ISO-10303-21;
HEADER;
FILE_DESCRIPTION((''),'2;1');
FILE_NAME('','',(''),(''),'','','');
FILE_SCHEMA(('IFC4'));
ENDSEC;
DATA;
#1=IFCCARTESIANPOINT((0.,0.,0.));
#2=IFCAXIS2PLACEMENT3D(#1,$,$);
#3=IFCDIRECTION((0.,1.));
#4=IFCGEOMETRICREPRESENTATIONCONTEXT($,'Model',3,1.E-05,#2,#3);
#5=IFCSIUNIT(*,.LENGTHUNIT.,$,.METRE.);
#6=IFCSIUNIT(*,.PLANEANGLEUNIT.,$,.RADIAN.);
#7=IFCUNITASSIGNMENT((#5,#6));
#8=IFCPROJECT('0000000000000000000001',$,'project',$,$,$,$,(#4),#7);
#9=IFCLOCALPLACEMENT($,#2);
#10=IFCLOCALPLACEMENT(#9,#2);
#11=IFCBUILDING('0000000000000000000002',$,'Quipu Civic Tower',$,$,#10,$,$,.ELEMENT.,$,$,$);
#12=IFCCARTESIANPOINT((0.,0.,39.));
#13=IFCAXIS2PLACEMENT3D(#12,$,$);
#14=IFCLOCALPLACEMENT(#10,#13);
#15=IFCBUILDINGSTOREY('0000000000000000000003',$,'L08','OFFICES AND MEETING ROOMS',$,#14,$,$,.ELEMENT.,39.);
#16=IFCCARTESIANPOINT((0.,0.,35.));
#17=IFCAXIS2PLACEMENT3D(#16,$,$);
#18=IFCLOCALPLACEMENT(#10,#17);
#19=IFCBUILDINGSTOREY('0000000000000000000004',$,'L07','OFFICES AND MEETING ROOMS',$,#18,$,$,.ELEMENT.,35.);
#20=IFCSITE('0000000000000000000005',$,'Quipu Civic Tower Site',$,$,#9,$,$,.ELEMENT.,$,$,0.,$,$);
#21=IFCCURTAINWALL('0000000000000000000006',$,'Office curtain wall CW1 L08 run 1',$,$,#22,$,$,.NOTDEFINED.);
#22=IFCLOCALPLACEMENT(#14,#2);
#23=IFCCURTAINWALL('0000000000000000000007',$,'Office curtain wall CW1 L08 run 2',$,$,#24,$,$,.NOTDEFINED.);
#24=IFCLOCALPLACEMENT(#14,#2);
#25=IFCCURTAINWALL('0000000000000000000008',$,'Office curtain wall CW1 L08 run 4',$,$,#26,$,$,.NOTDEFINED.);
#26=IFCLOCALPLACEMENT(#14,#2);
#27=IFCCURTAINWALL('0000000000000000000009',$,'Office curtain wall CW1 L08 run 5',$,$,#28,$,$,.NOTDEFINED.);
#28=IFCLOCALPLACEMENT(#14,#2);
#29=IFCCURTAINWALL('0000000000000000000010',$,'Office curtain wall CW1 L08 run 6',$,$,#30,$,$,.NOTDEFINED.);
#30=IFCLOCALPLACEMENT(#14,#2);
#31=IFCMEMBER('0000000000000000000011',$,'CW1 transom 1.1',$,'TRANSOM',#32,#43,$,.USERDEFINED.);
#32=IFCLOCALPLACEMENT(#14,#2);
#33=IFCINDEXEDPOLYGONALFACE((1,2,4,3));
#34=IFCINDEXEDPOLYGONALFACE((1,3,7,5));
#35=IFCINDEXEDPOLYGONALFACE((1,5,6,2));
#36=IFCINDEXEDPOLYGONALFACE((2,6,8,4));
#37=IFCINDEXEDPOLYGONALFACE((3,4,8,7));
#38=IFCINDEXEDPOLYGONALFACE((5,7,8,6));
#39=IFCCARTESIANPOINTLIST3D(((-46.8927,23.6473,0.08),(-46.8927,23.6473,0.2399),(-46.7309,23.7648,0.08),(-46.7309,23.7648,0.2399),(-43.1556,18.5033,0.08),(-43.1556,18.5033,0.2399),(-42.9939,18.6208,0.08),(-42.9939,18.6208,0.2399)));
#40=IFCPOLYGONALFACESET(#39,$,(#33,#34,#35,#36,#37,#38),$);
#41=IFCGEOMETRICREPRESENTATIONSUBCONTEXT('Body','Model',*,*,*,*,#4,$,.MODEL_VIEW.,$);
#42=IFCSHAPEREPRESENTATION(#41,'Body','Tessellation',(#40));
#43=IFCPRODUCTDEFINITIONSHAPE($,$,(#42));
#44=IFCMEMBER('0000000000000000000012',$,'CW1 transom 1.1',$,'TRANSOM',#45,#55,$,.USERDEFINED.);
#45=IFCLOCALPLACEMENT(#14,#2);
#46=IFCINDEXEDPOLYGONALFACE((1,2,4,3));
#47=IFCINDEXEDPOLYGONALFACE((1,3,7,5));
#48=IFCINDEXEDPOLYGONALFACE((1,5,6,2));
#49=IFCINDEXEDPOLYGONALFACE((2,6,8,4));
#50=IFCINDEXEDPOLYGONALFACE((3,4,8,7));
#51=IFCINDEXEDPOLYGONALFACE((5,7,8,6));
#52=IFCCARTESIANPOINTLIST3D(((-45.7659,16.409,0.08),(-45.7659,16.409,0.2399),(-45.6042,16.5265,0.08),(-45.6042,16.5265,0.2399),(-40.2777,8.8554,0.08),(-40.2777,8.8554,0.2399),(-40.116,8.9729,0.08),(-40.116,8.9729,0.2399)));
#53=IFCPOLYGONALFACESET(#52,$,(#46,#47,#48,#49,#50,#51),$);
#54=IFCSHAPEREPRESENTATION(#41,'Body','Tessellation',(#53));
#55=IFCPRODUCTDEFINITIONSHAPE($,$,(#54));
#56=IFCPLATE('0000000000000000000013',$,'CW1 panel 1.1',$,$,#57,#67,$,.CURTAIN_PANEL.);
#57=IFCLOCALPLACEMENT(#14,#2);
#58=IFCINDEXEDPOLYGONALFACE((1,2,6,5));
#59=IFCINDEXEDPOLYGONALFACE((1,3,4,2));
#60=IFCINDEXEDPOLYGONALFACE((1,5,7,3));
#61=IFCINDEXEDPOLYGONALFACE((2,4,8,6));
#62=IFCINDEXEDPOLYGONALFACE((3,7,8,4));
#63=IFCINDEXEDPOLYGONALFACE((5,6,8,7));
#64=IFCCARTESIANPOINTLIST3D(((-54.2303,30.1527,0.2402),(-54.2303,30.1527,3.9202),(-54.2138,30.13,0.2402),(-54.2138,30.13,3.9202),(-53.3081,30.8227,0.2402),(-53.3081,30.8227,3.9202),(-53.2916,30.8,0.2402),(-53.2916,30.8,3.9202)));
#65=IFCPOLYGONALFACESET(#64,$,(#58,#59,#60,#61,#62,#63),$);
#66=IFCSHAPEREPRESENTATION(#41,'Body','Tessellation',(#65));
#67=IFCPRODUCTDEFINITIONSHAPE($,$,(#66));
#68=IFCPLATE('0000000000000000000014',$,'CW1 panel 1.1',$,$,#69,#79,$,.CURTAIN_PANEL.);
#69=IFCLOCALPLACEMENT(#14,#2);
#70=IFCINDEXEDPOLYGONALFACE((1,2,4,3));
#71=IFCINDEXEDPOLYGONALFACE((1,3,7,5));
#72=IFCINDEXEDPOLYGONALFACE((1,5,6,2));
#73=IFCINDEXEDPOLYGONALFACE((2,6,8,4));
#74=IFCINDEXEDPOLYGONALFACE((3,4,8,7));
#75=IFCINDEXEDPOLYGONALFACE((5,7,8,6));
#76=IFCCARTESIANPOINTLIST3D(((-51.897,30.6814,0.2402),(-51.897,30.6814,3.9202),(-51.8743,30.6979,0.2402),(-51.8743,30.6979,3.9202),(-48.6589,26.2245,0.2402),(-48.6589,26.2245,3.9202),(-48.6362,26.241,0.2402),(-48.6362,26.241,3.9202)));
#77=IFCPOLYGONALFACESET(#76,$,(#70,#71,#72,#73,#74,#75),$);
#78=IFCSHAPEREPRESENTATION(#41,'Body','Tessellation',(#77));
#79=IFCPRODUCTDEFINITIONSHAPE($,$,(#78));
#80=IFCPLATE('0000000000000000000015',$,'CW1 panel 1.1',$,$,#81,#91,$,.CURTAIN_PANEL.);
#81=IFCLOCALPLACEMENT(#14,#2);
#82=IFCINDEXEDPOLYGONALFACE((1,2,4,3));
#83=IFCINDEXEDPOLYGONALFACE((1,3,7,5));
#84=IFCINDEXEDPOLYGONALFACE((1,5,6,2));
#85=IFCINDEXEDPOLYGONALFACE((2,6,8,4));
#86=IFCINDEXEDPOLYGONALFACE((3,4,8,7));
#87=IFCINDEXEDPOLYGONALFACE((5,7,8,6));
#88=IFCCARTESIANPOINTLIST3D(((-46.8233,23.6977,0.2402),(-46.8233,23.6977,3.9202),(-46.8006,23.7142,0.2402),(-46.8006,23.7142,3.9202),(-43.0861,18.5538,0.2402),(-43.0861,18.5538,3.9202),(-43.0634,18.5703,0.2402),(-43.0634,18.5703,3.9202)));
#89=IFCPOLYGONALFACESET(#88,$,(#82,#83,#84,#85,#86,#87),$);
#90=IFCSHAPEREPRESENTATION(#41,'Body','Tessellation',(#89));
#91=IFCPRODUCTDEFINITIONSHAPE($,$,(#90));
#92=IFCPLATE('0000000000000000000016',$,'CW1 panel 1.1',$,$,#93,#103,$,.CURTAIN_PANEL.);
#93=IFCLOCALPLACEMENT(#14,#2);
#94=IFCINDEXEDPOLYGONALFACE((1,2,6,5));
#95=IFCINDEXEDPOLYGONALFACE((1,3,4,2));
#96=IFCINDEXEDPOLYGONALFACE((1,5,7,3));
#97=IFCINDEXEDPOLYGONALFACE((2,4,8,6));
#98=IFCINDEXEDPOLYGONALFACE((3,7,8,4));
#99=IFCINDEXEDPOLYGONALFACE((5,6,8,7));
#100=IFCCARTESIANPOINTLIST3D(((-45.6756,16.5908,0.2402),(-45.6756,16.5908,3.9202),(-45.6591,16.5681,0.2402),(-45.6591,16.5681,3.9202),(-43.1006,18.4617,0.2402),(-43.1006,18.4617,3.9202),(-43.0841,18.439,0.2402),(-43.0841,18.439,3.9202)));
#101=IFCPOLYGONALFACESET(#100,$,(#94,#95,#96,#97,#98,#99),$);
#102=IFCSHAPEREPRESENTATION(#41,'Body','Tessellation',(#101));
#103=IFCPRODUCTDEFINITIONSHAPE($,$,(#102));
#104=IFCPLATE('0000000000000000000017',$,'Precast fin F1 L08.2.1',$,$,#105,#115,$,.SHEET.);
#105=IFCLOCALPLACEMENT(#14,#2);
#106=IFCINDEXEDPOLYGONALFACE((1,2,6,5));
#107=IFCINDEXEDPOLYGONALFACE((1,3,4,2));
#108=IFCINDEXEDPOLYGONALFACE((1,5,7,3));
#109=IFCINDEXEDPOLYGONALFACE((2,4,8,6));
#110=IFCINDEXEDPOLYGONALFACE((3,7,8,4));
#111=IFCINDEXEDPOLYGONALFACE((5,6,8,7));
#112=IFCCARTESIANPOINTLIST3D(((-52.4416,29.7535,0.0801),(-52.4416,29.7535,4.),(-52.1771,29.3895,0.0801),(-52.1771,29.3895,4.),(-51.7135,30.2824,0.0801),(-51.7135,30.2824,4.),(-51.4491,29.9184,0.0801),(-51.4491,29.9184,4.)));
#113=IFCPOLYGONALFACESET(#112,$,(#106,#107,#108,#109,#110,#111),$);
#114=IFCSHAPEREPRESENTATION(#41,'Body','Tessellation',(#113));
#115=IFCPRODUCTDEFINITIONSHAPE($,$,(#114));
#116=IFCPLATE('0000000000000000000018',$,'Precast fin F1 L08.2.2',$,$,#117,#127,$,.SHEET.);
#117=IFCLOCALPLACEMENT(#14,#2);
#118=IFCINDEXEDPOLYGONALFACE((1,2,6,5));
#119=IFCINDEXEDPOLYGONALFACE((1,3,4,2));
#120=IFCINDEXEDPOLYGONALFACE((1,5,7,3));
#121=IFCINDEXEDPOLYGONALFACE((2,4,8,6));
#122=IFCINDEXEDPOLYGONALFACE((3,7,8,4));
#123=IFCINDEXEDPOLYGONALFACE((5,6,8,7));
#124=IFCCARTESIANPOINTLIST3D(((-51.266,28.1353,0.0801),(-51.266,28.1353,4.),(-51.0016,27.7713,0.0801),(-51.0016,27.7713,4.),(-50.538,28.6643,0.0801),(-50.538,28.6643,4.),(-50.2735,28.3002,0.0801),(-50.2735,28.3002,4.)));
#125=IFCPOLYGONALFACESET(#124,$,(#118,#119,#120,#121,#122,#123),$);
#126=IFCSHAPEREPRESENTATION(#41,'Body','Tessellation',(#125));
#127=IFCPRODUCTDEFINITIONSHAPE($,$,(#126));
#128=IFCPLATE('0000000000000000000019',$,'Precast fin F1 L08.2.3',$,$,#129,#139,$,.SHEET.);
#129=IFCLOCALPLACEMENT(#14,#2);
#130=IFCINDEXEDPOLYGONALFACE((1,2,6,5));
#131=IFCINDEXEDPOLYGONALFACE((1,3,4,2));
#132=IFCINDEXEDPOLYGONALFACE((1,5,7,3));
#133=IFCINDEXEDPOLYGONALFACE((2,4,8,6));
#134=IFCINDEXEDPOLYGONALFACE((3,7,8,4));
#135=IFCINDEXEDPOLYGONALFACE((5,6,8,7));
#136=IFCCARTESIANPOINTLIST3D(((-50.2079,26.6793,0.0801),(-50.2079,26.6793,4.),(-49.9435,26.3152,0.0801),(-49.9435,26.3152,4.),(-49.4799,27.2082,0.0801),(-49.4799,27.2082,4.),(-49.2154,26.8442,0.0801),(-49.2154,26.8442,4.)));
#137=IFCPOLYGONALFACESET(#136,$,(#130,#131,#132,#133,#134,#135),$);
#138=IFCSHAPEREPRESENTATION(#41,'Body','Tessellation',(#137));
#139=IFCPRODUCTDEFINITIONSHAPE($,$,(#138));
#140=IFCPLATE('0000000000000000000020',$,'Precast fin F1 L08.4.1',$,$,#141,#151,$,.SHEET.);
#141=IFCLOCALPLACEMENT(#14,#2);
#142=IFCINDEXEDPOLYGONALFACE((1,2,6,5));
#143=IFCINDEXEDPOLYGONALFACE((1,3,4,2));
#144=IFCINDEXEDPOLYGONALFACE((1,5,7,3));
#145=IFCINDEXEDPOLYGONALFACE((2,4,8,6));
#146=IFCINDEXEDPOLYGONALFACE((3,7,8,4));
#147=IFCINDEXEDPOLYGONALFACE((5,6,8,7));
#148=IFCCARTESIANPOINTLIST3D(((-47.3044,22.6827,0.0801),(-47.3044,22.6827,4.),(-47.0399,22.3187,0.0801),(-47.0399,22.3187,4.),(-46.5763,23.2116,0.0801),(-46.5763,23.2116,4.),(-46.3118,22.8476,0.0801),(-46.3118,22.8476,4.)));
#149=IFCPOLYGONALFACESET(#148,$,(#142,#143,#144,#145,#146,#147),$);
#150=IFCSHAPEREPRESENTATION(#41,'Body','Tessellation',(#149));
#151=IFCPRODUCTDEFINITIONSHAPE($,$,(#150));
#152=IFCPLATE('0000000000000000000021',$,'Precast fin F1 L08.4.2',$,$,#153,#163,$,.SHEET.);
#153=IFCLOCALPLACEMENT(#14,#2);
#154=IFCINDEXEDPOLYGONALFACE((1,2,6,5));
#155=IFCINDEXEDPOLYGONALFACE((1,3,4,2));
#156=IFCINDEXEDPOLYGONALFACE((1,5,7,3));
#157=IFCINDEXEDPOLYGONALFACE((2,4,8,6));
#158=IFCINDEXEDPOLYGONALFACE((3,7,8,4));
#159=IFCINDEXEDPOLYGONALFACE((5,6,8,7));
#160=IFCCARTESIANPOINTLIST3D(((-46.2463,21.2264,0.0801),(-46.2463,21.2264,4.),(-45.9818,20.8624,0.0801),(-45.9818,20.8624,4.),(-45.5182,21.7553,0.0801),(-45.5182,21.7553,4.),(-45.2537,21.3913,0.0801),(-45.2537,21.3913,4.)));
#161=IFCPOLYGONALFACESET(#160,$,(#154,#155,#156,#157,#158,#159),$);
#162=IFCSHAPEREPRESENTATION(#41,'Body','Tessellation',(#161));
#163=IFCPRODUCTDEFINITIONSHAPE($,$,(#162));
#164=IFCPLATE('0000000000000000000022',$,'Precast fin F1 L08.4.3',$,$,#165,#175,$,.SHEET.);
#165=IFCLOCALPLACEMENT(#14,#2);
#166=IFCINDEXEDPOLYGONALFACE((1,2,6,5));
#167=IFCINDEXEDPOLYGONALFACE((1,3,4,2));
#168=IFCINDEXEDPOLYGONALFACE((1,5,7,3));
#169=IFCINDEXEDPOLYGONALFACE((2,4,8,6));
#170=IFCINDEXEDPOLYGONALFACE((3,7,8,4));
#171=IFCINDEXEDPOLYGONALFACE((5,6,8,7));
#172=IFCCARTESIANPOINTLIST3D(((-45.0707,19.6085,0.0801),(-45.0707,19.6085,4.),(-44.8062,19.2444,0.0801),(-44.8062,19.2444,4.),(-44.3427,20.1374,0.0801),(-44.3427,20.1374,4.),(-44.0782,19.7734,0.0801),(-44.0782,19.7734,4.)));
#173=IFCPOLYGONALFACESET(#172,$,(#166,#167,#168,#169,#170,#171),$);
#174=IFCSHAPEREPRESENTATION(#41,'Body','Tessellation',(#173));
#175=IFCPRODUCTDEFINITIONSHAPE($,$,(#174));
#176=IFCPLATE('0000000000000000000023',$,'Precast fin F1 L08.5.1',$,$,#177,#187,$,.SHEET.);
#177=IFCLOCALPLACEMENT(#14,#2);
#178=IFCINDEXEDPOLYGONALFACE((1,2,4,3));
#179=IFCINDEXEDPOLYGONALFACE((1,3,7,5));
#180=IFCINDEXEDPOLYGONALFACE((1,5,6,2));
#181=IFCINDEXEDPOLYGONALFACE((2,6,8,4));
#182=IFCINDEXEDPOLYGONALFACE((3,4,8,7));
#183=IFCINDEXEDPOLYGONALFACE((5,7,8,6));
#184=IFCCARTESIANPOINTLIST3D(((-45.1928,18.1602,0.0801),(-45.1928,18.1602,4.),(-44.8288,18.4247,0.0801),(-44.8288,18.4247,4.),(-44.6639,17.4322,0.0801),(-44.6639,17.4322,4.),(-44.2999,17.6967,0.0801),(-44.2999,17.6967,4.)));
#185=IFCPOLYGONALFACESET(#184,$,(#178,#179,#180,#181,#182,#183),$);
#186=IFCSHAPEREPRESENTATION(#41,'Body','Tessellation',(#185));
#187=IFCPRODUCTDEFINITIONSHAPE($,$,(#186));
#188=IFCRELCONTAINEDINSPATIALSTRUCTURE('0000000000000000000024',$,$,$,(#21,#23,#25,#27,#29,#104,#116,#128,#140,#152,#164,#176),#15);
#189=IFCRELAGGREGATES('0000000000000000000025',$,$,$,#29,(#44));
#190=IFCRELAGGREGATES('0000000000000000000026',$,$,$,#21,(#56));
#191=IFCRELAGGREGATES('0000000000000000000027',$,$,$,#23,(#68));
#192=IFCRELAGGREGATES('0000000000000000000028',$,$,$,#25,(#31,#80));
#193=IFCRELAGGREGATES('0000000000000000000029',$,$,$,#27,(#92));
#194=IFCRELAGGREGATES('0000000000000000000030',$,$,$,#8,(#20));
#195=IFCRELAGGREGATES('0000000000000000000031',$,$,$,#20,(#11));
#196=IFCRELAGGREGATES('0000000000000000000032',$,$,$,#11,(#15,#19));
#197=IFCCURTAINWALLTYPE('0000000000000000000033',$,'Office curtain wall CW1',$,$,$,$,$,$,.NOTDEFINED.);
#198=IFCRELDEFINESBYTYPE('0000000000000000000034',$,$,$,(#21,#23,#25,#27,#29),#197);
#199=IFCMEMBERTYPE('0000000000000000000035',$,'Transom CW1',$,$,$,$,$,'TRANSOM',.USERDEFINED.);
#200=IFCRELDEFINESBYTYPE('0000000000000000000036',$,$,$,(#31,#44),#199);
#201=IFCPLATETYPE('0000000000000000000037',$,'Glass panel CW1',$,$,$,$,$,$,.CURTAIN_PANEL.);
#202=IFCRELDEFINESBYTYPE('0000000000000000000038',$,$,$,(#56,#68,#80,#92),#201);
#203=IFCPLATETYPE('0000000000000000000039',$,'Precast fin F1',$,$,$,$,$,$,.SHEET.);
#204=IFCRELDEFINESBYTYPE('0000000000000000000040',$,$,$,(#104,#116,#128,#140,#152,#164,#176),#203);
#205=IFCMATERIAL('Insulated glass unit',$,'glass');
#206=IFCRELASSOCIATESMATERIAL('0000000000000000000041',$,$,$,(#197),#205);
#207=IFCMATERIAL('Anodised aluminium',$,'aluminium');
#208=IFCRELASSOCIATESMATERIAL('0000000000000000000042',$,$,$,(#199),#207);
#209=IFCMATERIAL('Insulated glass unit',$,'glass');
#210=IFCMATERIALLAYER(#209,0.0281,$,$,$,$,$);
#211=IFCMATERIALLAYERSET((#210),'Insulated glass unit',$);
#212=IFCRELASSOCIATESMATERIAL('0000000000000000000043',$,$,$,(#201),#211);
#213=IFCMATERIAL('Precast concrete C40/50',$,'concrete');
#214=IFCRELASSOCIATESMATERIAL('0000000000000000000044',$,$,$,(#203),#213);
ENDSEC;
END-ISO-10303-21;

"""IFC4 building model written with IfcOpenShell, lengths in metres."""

from ifc_helpers import new_model, si_unit, direction, frame, origin, origin_2d, place, context, subcontext, project, spatial, rectangle, extrude, material, layer, layer_set, material_profile, profile_set, type_object, element, aggregate, save


model = new_model("IFC4")

# Units and contexts
model_context = context("Model", 3, precision=1e-05, world=origin(), true_north=direction((0.0, 1.0)))
body_context = subcontext(model_context, "Body", "Model", "MODEL_VIEW")
ifc_project = project(units=[si_unit("LENGTHUNIT", "METRE"), si_unit("PLANEANGLEUNIT", "RADIAN")], contexts=[model_context])

# Site, building, storey
site_placement = place(None, origin())
site = spatial("IfcSite", under=ifc_project, at=site_placement, Name="Quipu Civic Tower Site", CompositionType="ELEMENT", RefElevation=0.0)
building_placement = place(site_placement, origin())
building = spatial("IfcBuilding", under=site, at=building_placement, Name="Quipu Civic Tower", CompositionType="ELEMENT")
storey_1_placement = place(building_placement, frame((0.0, 0.0, 39.0)))
storey_1 = spatial("IfcBuildingStorey", under=building, at=storey_1_placement, Name="L08", Description="OFFICES AND MEETING ROOMS", CompositionType="ELEMENT", Elevation=39.0)

# Curtain walls
ifc_material_1 = material(Name="Insulated glass unit", Category="glass")
curtain_wall_type = type_object("IfcCurtainWallType", Name="Office curtain wall CW1", PredefinedType="NOTDEFINED", material=ifc_material_1)
curtain_wall_1_placement = place(storey_1_placement, origin())
curtain_wall_1 = element("IfcCurtainWall", 1, at=curtain_wall_1_placement, inside=storey_1, type_object=curtain_wall_type, Name="Office curtain wall CW1 L08 run 1", PredefinedType="NOTDEFINED")
curtain_wall_2_placement = place(storey_1_placement, origin())
curtain_wall_2 = element("IfcCurtainWall", 2, at=curtain_wall_2_placement, inside=storey_1, type_object=curtain_wall_type, Name="Office curtain wall CW1 L08 run 2", PredefinedType="NOTDEFINED")
curtain_wall_3_placement = place(storey_1_placement, origin())
curtain_wall_3 = element("IfcCurtainWall", 3, at=curtain_wall_3_placement, inside=storey_1, type_object=curtain_wall_type, Name="Office curtain wall CW1 L08 run 4", PredefinedType="NOTDEFINED")
curtain_wall_4_placement = place(storey_1_placement, origin())
curtain_wall_4 = element("IfcCurtainWall", 4, at=curtain_wall_4_placement, inside=storey_1, type_object=curtain_wall_type, Name="Office curtain wall CW1 L08 run 5", PredefinedType="NOTDEFINED")
curtain_wall_5_placement = place(storey_1_placement, origin())
curtain_wall_5 = element("IfcCurtainWall", 5, at=curtain_wall_5_placement, inside=storey_1, type_object=curtain_wall_type, Name="Office curtain wall CW1 L08 run 6", PredefinedType="NOTDEFINED")

# Shared definitions
storey_2_placement = place(building_placement, frame((0.0, 0.0, 35.0)))
storey_2 = spatial("IfcBuildingStorey", under=building, at=storey_2_placement, Name="L07", Description="OFFICES AND MEETING ROOMS", CompositionType="ELEMENT", Elevation=35.0)

# Shared definitions
ifc_material_2 = material(Name="Anodised aluminium", Category="aluminium")
ifc_material_profile_1 = material_profile(ifc_material_2, rectangle(XDim=0.2, YDim=0.1599, at=origin_2d()), Name="RECT 200x160")
ifc_profile_set_1 = profile_set([ifc_material_profile_1], Name="Anodised aluminium")
member_type_1 = type_object("IfcMemberType", Name="Transom CW1", ElementType="TRANSOM", PredefinedType="USERDEFINED", material=ifc_profile_set_1)

# Members
member_1_placement = place(storey_1_placement, frame((-46.8118, 23.7061, 0.1599), z_axis=(0.587754, -0.80904, 0.0), x_axis=(0.80904, 0.587754, 0.0)))
member_1 = element("IfcMember", 6, at=member_1_placement, type_object=member_type_1, Name="CW1 transom 1.1", ObjectType="TRANSOM", PredefinedType="USERDEFINED", context=body_context, shape_type="SweptSolid", body=[
    extrude(rectangle(XDim=0.2, YDim=0.1599, at=origin_2d()), origin(), (0.0, 0.0, 1.0), 6.3582),
])
member_2_placement = place(storey_1_placement, frame((-45.6851, 16.4678, 0.1599), z_axis=(0.587799, -0.809007, 0.0), x_axis=(0.809007, 0.587799, 0.0)))
member_2 = element("IfcMember", 7, at=member_2_placement, type_object=member_type_1, Name="CW1 transom 1.1", ObjectType="TRANSOM", PredefinedType="USERDEFINED", context=body_context, shape_type="SweptSolid", body=[
    extrude(rectangle(XDim=0.2, YDim=0.1599, at=origin_2d()), origin(), (0.0, 0.0, 1.0), 9.3369),
])
aggregate(curtain_wall_5, [member_2])

# Plates
ifc_material_3 = material(Name="Insulated glass unit", Category="glass")
ifc_layer = layer(ifc_material_3, 0.0281)
ifc_layer_set = layer_set([ifc_layer], Name="Insulated glass unit")
plate_type_1 = type_object("IfcPlateType", Name="Glass panel CW1", PredefinedType="CURTAIN_PANEL", material=ifc_layer_set)
plate_1_placement = place(storey_1_placement, frame((-53.761, 30.4763, 0.2402), z_axis=(0.0, 0.0, 1.0), x_axis=(0.809019, 0.587783, 0.0)))
plate_1 = element("IfcPlate", 8, at=plate_1_placement, type_object=plate_type_1, Name="CW1 panel 1.1", PredefinedType="CURTAIN_PANEL", context=body_context, shape_type="SweptSolid", body=[
    extrude(rectangle(XDim=1.1399, YDim=0.0281, at=origin_2d()), origin(), (0.0, 0.0, 1.0), 3.6799),
])
aggregate(curtain_wall_1, [plate_1])
plate_2_placement = place(storey_1_placement, frame((-50.2666, 28.4612, 0.2402), z_axis=(0.0, 0.0, 1.0), x_axis=(0.587784, -0.809018, 0.0)))
plate_2 = element("IfcPlate", 9, at=plate_2_placement, type_object=plate_type_1, Name="CW1 panel 1.1", PredefinedType="CURTAIN_PANEL", context=body_context, shape_type="SweptSolid", body=[
    extrude(rectangle(XDim=5.509, YDim=0.0281, at=origin_2d()), origin(), (0.0, 0.0, 1.0), 3.6799),
])
aggregate(curtain_wall_2, [plate_2])
plate_3_placement = place(storey_1_placement, frame((-44.9434, 21.134, 0.2402), z_axis=(0.0, 0.0, 1.0), x_axis=(0.58778, -0.809021, 0.0)))
plate_3 = element("IfcPlate", 10, at=plate_3_placement, type_object=plate_type_1, Name="CW1 panel 1.1", PredefinedType="CURTAIN_PANEL", context=body_context, shape_type="SweptSolid", body=[
    extrude(rectangle(XDim=6.3582, YDim=0.0281, at=origin_2d()), origin(), (0.0, 0.0, 1.0), 3.6799),
])
aggregate(curtain_wall_3, [member_1, plate_3])
plate_4_placement = place(storey_1_placement, frame((-44.3799, 17.5149, 0.2402), z_axis=(0.0, 0.0, 1.0), x_axis=(-0.809012, -0.587793, 0.0)))
plate_4 = element("IfcPlate", 11, at=plate_4_placement, type_object=plate_type_1, Name="CW1 panel 1.1", PredefinedType="CURTAIN_PANEL", context=body_context, shape_type="SweptSolid", body=[
    extrude(rectangle(XDim=3.1829, YDim=0.0281, at=origin_2d()), origin(), (0.0, 0.0, 1.0), 3.6799),
])
aggregate(curtain_wall_4, [plate_4])

# Plates
ifc_material_4 = material(Name="Precast concrete C40/50", Category="concrete")
plate_type_2 = type_object("IfcPlateType", Name="Precast fin F1", PredefinedType="SHEET", material=ifc_material_4)
for number, where, z_axis, x_axis, name in (
    (12, (-51.9453, 29.8359, 0.0801), (0.0, 0.0, 1.0), (0.587784, -0.809018, 0.0), "Precast fin F1 L08.2.1"),
    (13, (-50.7698, 28.2178, 0.0801), (0.0, 0.0, 1.0), (0.587784, -0.809018, 0.0), "Precast fin F1 L08.2.2"),
    (14, (-49.7117, 26.7617, 0.0801), (0.0, 0.0, 1.0), (0.587784, -0.809018, 0.0), "Precast fin F1 L08.2.3"),
    (15, (-46.8081, 22.7651, 0.0801), (0.0, 0.0, 1.0), (0.587784, -0.809018, 0.0), "Precast fin F1 L08.4.1"),
    (16, (-45.75, 21.3088, 0.0801), (0.0, 0.0, 1.0), (0.587784, -0.809018, 0.0), "Precast fin F1 L08.4.2"),
    (17, (-44.5745, 19.6909, 0.0801), (0.0, 0.0, 1.0), (0.587784, -0.809018, 0.0), "Precast fin F1 L08.4.3"),
    (18, (-44.7463, 17.9285, 0.0801), (0.0, 0.0, 1.0), (-0.809012, -0.587793, 0.0), "Precast fin F1 L08.5.1"),
):
    element("IfcPlate", number, at=place(storey_1_placement, frame(where, z_axis=z_axis, x_axis=x_axis)), inside=storey_1, type_object=plate_type_2, Name=name, PredefinedType="SHEET", context=body_context, shape_type="SweptSolid", body=[
        extrude(rectangle(XDim=0.45, YDim=0.8999, at=origin_2d()), origin(), (0.0, 0.0, 1.0), 3.9199),
    ])

save(model, "model.ifc")
